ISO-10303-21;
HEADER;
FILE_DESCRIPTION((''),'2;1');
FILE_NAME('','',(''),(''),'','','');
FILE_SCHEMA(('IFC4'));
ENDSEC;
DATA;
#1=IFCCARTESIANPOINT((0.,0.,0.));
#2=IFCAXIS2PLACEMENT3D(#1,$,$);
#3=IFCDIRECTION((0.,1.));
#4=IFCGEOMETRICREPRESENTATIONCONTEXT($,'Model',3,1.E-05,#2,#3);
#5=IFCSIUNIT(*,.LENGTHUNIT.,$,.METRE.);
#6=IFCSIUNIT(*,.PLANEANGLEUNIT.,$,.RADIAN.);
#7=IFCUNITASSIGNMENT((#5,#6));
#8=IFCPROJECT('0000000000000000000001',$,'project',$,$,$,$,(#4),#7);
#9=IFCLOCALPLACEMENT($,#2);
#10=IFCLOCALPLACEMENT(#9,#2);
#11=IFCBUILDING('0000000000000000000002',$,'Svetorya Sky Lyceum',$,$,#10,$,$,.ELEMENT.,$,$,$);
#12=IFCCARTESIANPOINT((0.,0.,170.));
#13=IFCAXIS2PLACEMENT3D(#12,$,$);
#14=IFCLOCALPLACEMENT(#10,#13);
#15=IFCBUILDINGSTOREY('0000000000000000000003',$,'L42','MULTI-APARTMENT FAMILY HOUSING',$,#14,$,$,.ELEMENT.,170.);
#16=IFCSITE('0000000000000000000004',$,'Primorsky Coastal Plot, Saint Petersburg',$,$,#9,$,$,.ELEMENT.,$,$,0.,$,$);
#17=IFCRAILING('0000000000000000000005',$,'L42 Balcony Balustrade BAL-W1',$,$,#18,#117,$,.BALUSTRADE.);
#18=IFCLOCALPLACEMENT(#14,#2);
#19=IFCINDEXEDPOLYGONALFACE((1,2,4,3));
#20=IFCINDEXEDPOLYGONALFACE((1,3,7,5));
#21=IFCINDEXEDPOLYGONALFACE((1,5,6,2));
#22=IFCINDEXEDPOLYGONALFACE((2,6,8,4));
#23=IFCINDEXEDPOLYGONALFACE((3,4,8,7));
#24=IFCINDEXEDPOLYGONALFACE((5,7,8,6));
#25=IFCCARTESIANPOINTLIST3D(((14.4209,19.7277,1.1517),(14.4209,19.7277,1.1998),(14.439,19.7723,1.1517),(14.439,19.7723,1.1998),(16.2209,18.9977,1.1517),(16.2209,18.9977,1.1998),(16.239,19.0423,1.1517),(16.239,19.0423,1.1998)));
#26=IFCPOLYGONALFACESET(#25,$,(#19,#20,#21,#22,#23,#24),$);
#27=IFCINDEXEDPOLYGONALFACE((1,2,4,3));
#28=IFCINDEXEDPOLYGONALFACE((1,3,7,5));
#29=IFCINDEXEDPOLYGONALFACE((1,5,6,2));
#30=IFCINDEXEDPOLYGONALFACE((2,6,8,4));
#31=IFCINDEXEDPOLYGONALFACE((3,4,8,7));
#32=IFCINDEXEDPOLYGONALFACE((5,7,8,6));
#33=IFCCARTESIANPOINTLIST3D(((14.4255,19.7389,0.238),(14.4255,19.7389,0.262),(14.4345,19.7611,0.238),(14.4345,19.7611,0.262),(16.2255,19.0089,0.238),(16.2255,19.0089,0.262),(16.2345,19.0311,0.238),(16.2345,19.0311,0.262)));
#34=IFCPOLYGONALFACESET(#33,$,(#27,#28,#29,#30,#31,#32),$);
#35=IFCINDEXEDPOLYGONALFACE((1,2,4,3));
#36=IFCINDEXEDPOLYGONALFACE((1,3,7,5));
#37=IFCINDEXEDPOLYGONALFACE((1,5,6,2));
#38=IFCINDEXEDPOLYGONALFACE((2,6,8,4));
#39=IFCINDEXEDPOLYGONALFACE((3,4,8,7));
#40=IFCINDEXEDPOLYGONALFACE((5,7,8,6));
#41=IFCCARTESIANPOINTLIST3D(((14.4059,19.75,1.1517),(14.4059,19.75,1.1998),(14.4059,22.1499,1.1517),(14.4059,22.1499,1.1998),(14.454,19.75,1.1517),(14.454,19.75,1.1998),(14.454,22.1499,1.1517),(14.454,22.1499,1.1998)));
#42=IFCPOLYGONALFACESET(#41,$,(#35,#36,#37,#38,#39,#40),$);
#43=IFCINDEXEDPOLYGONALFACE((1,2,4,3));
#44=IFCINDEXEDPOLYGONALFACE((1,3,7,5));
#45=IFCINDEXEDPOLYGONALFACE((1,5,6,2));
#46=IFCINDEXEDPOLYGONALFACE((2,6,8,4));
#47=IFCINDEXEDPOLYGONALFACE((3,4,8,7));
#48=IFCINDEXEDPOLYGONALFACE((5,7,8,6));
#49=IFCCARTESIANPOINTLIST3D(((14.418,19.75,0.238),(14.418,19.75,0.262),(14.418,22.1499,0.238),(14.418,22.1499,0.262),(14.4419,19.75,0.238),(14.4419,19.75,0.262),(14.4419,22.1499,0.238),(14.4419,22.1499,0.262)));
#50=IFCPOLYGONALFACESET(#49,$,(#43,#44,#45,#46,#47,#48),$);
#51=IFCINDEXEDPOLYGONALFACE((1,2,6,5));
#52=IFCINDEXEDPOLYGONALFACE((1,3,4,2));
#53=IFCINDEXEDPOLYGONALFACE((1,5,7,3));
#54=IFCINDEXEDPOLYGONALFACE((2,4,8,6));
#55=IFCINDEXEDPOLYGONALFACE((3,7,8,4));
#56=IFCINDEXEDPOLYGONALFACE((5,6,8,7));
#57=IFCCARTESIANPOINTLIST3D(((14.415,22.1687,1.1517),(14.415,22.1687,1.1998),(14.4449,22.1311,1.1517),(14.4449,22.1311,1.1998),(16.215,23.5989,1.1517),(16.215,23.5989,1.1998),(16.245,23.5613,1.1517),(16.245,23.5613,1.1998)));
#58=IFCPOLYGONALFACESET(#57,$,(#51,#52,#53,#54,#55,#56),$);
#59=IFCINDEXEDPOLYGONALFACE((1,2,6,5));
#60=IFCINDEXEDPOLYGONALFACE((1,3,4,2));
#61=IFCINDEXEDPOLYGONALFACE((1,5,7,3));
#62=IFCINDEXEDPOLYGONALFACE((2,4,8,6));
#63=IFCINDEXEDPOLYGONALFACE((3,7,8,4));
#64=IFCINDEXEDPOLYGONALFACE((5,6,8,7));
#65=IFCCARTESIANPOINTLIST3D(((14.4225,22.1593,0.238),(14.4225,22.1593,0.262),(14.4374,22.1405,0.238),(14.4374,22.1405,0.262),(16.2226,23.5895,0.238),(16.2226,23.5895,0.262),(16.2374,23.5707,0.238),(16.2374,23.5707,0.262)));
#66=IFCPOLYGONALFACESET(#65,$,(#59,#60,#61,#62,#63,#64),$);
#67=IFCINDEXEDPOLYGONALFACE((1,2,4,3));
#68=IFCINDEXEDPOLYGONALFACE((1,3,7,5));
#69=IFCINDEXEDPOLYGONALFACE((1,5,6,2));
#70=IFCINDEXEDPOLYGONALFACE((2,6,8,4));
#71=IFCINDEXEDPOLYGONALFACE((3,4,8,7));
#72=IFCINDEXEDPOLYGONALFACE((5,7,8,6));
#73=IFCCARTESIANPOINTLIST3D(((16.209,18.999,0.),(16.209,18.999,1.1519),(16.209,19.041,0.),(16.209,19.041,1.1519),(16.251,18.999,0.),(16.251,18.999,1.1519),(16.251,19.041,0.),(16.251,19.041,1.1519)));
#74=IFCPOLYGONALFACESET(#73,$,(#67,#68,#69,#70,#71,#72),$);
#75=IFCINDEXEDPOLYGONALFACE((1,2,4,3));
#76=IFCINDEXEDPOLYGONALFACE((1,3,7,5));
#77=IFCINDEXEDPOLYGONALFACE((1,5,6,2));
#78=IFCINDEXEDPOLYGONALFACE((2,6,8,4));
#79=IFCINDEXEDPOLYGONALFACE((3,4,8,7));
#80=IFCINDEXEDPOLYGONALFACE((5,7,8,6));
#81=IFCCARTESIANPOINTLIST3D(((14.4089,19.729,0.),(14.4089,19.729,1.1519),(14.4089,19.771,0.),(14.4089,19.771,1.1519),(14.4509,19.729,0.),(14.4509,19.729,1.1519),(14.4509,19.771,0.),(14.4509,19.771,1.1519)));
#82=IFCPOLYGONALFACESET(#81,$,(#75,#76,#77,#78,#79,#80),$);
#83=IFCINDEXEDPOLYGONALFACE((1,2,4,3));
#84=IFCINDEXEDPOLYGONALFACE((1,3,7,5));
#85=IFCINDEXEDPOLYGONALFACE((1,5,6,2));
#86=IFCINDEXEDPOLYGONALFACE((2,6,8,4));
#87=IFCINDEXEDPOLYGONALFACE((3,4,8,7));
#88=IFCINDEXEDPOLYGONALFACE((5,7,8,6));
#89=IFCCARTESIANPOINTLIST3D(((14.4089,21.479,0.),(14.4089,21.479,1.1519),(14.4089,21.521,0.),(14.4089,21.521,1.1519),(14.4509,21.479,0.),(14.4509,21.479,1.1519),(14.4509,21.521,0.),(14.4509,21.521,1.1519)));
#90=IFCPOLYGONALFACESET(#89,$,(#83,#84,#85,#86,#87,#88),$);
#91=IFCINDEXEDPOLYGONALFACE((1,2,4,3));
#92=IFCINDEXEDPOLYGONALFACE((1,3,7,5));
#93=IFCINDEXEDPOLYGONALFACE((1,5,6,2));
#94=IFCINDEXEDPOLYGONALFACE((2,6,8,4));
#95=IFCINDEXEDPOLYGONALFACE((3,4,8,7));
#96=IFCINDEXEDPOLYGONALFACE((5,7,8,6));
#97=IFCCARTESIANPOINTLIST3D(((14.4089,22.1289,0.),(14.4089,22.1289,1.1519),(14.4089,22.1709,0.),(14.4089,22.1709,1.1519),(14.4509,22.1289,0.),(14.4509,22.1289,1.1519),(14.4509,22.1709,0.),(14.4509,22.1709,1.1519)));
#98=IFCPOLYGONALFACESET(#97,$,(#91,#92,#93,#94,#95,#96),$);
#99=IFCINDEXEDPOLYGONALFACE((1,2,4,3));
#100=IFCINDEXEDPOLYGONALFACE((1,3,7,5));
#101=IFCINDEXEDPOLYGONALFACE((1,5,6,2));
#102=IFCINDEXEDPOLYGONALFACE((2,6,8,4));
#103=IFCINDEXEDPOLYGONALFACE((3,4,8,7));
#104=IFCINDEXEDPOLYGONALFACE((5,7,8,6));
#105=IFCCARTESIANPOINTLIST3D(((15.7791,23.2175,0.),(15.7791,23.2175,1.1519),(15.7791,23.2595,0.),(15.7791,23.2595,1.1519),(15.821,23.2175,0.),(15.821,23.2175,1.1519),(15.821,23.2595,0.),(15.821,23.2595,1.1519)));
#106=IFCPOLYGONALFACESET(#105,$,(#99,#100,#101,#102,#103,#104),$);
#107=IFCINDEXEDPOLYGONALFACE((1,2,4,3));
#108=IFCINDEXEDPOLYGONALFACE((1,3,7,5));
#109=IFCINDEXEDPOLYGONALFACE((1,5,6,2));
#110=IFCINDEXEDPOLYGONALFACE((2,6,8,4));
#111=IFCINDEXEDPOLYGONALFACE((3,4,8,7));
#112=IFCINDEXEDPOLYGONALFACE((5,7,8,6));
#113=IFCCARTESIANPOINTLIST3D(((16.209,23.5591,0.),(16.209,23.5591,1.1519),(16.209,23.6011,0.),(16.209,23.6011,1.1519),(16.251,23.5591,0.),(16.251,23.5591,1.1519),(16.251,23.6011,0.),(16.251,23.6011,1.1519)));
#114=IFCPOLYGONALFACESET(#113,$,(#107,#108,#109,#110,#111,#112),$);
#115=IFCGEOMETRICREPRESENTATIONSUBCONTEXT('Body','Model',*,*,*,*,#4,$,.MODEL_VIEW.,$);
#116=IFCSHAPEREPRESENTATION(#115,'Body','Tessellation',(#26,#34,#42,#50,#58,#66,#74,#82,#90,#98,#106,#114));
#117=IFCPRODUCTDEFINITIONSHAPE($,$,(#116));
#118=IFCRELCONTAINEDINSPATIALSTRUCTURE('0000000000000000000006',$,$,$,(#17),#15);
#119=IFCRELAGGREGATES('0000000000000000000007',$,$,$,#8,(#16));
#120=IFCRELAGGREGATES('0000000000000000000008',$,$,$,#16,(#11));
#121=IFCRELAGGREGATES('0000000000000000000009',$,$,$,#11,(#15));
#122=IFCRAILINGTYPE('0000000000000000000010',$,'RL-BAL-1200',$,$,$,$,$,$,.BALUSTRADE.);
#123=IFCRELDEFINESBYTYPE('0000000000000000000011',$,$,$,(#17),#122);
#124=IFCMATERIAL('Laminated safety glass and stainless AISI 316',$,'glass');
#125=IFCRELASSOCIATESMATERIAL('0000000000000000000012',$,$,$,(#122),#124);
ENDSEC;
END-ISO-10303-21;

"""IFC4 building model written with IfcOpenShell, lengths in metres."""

from ifc_helpers import new_model, si_unit, direction, frame, origin, origin_2d, place, context, subcontext, project, spatial, rectangle, extrude, material, type_object, element, save


model = new_model("IFC4")

# Units and contexts
model_context = context("Model", 3, precision=1e-05, world=origin(), true_north=direction((0.0, 1.0)))
body_context = subcontext(model_context, "Body", "Model", "MODEL_VIEW")
ifc_project = project(units=[si_unit("LENGTHUNIT", "METRE"), si_unit("PLANEANGLEUNIT", "RADIAN")], contexts=[model_context])

# Site, building, storey
site_placement = place(None, origin())
site = spatial("IfcSite", under=ifc_project, at=site_placement, Name="Primorsky Coastal Plot, Saint Petersburg", CompositionType="ELEMENT", RefElevation=0.0)
building_placement = place(site_placement, origin())
building = spatial("IfcBuilding", under=site, at=building_placement, Name="Svetorya Sky Lyceum", CompositionType="ELEMENT")
storey_placement = place(building_placement, frame((0.0, 0.0, 170.0)))
storey = spatial("IfcBuildingStorey", under=building, at=storey_placement, Name="L42", Description="MULTI-APARTMENT FAMILY HOUSING", CompositionType="ELEMENT", Elevation=170.0)

# Railing
ifc_material_1 = material(Name="Laminated safety glass and stainless AISI 316", Category="glass")
railing_type = type_object("IfcRailingType", Name="RL-BAL-1200", PredefinedType="BALUSTRADE", material=ifc_material_1)
railing_placement = place(storey_placement, frame((16.23, 19.02, 0.0)))
element("IfcRailing", 1, at=railing_placement, inside=storey, type_object=railing_type, Name="L42 Balcony Balustrade BAL-W1", PredefinedType="BALUSTRADE", context=body_context, shape_type="SweptSolid", body=[
    extrude(rectangle(XDim=0.0481, YDim=0.0481, at=origin_2d()), frame((0.0, 0.0, 1.1758), z_axis=(-0.926698, 0.375807, 0.0), x_axis=(-0.375807, -0.926698, 0.0)), (0.0, 0.0, 1.0), 1.9424),
    extrude(rectangle(XDim=0.0239, YDim=0.0239, at=origin_2d()), frame((0.0, 0.0, 0.25), z_axis=(-0.926698, 0.375807, 0.0), x_axis=(-0.375807, -0.926698, 0.0)), (0.0, 0.0, 1.0), 1.9424),
    extrude(rectangle(XDim=0.0481, YDim=0.0481, at=origin_2d()), frame((-1.8, 0.73, 1.1758), z_axis=(0.0, 1.0, 0.0), x_axis=(-1.0, 0.0, 0.0)), (0.0, 0.0, 1.0), 2.3999),
    extrude(rectangle(XDim=0.0239, YDim=0.0239, at=origin_2d()), frame((-1.8, 0.73, 0.25), z_axis=(0.0, 1.0, 0.0), x_axis=(-1.0, 0.0, 0.0)), (0.0, 0.0, 1.0), 2.3999),
    extrude(rectangle(XDim=0.0481, YDim=0.0481, at=origin_2d()), frame((-1.8, 3.1299, 1.1758), z_axis=(0.782957, 0.622076, 0.0), x_axis=(-0.622076, 0.782957, 0.0)), (0.0, 0.0, 1.0), 2.2991),
    extrude(rectangle(XDim=0.0239, YDim=0.0239, at=origin_2d()), frame((-1.8, 3.1299, 0.25), z_axis=(0.782957, 0.622076, 0.0), x_axis=(-0.622076, 0.782957, 0.0)), (0.0, 0.0, 1.0), 2.2991),
    extrude(rectangle(XDim=0.042, YDim=0.042, at=origin_2d()), origin(), (0.0, 0.0, 1.0), 1.1519),
    extrude(rectangle(XDim=0.042, YDim=0.042, at=origin_2d()), frame((-1.8, 0.73, 0.0)), (0.0, 0.0, 1.0), 1.1519),
    extrude(rectangle(XDim=0.042, YDim=0.042, at=origin_2d()), frame((-1.8, 2.48, 0.0)), (0.0, 0.0, 1.0), 1.1519),
    extrude(rectangle(XDim=0.042, YDim=0.042, at=origin_2d()), frame((-1.8, 3.1299, 0.0)), (0.0, 0.0, 1.0), 1.1519),
    extrude(rectangle(XDim=0.042, YDim=0.042, at=origin_2d()), frame((-0.4299, 4.2185, 0.0)), (0.0, 0.0, 1.0), 1.1519),
    extrude(rectangle(XDim=0.042, YDim=0.042, at=origin_2d()), frame((0.0, 4.5601, 0.0)), (0.0, 0.0, 1.0), 1.1519),
])

save(model, "model.ifc")
